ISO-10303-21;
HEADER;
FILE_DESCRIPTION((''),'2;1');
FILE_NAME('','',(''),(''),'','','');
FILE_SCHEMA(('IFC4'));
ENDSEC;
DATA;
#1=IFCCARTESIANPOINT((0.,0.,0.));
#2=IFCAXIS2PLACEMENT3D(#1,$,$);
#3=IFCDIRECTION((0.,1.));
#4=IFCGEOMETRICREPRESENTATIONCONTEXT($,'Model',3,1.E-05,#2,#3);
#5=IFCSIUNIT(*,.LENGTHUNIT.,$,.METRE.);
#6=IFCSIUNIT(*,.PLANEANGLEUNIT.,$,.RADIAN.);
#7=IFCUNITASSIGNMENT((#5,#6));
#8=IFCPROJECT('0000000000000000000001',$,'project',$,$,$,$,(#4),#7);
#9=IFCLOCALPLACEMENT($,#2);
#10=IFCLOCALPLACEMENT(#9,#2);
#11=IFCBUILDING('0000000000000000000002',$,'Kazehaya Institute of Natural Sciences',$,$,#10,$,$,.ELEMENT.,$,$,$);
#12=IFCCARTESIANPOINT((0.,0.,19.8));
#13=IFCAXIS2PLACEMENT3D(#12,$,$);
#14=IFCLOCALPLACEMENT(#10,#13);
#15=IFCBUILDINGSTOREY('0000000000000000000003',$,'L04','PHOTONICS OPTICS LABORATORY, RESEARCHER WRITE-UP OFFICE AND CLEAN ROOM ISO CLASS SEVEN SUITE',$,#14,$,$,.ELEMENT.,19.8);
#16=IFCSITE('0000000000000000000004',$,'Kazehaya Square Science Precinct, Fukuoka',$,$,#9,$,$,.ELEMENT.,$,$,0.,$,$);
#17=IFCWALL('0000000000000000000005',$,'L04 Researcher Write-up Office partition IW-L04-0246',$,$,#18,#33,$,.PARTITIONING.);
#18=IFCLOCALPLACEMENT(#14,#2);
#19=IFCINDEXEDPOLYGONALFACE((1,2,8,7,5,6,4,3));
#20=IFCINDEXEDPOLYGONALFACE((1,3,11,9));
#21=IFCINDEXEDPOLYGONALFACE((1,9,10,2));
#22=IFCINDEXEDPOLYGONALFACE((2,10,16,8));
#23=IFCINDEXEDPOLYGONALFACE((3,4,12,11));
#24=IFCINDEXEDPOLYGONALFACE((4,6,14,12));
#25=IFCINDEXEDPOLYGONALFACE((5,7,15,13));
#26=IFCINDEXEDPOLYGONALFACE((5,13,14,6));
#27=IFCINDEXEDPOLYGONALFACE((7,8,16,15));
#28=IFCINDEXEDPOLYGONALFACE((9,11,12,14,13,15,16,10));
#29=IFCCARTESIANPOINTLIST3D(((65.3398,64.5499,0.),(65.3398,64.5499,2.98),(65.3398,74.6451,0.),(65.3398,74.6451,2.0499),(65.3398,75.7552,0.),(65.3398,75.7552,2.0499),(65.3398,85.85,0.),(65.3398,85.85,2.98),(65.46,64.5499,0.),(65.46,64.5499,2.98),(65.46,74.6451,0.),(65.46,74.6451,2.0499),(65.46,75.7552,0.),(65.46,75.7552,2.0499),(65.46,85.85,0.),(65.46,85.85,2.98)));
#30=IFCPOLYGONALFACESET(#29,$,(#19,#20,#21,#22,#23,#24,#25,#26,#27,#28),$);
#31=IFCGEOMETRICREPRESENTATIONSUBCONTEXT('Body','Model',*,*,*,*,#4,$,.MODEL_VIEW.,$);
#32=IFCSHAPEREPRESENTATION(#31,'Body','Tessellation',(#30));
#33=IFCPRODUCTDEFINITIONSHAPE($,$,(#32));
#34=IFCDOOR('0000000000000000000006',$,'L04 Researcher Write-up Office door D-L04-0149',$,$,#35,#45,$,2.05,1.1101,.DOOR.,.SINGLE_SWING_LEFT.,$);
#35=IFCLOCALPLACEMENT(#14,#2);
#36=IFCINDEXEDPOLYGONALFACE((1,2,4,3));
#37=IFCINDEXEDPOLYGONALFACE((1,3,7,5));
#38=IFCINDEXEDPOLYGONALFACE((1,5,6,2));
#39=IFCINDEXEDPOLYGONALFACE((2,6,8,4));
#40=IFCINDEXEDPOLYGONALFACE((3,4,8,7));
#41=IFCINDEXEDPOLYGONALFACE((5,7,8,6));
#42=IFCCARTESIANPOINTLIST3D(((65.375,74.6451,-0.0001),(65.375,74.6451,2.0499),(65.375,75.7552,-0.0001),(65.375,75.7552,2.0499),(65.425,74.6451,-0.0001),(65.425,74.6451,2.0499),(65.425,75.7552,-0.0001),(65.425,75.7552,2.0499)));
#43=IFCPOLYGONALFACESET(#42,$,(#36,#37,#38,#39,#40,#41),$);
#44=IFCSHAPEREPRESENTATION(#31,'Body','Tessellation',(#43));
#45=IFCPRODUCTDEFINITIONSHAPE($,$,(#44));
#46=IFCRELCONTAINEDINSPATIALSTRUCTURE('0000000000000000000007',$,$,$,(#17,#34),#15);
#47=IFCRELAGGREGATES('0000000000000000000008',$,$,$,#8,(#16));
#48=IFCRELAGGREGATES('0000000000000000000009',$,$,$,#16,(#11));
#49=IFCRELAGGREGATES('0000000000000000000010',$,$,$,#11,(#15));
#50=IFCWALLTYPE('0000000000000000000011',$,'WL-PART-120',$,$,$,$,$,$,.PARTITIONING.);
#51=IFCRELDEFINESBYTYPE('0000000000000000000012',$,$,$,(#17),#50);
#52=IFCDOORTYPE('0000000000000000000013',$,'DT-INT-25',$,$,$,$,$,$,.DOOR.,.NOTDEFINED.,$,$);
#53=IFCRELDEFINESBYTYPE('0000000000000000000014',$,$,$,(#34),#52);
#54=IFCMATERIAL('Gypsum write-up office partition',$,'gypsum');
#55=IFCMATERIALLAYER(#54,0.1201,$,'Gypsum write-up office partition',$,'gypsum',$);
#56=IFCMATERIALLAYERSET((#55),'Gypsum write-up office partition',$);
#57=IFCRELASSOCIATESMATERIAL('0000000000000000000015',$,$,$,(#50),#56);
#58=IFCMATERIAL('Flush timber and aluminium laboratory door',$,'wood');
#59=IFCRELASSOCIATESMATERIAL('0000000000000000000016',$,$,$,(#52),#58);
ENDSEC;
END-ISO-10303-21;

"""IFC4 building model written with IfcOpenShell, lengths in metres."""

from ifc_helpers import new_model, si_unit, direction, frame, frame_2d, origin, place, context, subcontext, project, spatial, rectangle, extrude, material, layer, layer_set, type_object, element, fill, save


model = new_model("IFC4")

# Units and contexts
model_context = context("Model", 3, precision=1e-05, world=origin(), true_north=direction((0.0, 1.0)))
body_context = subcontext(model_context, "Body", "Model", "MODEL_VIEW")
ifc_project = project(units=[si_unit("LENGTHUNIT", "METRE"), si_unit("PLANEANGLEUNIT", "RADIAN")], contexts=[model_context])

# Site, building, storey
site_placement = place(None, origin())
site = spatial("IfcSite", under=ifc_project, at=site_placement, Name="Kazehaya Square Science Precinct, Fukuoka", CompositionType="ELEMENT", RefElevation=0.0)
building_placement = place(site_placement, origin())
building = spatial("IfcBuilding", under=site, at=building_placement, Name="Kazehaya Institute of Natural Sciences", CompositionType="ELEMENT")
storey_placement = place(building_placement, frame((0.0, 0.0, 19.8)))
storey = spatial("IfcBuildingStorey", under=building, at=storey_placement, Name="L04", Description="PHOTONICS OPTICS LABORATORY, RESEARCHER WRITE-UP OFFICE AND CLEAN ROOM ISO CLASS SEVEN SUITE", CompositionType="ELEMENT", Elevation=19.8)

# Wall, opening, door
ifc_material_1 = material(Name="Gypsum write-up office partition", Category="gypsum")
ifc_layer_1 = layer(ifc_material_1, 0.1201, Name="Gypsum write-up office partition", Category="gypsum")
ifc_layer_set_1 = layer_set([ifc_layer_1], Name="Gypsum write-up office partition")
wall_type_1 = type_object("IfcWallType", Name="WL-PART-120", PredefinedType="PARTITIONING", material=ifc_layer_set_1)
wall_1_placement = place(storey_placement, frame((65.3999, 64.55, 0.0), z_axis=(0.0, 0.0, 1.0), x_axis=(0.0, 1.0, 0.0)))
wall_1 = element("IfcWall", 1, at=wall_1_placement, inside=storey, type_object=wall_type_1, Name="L04 Researcher Write-up Office partition IW-L04-0246", PredefinedType="PARTITIONING", context=body_context, shape_type="SweptSolid", body=[
    extrude(rectangle(XDim=21.3, YDim=0.1201, at=frame_2d((10.6499, 0.0))), origin(), (0.0, 0.0, 1.0), 2.98),
])
opening_1_placement = place(wall_1_placement, frame((10.095, 0.0, 0.0)))
opening_1 = element("IfcOpeningElement", 2, at=opening_1_placement, cuts=wall_1, PredefinedType="OPENING", context=body_context, shape_type="SweptSolid", body=[
    extrude(rectangle(XDim=1.1101, YDim=2.05, at=frame_2d((0.5552, 1.0249))), frame((0.0, 0.0701, 0.0), z_axis=(0.0, -1.0, 0.0), x_axis=(1.0, 0.0, 0.0)), (0.0, 0.0, 1.0), 0.1401),
])
ifc_material_2 = material(Name="Flush timber and aluminium laboratory door", Category="wood")
door_type = type_object("IfcDoorType", Name="DT-INT-25", OperationType="NOTDEFINED", PredefinedType="DOOR", material=ifc_material_2)
door_placement = place(opening_1_placement, origin())
door = element("IfcDoor", 3, at=door_placement, inside=storey, type_object=door_type, Name="L04 Researcher Write-up Office door D-L04-0149", OperationType="SINGLE_SWING_LEFT", OverallHeight=2.05, OverallWidth=1.1101, PredefinedType="DOOR", context=body_context, shape_type="SweptSolid", body=[
    extrude(rectangle(XDim=1.1101, YDim=2.05, at=frame_2d((0.5552, 1.0249))), frame((0.0, 0.0249, 0.0), z_axis=(0.0, -1.0, 0.0), x_axis=(1.0, 0.0, 0.0)), (0.0, 0.0, 1.0), 0.05),
])
fill(opening_1, door)

save(model, "model.ifc")
